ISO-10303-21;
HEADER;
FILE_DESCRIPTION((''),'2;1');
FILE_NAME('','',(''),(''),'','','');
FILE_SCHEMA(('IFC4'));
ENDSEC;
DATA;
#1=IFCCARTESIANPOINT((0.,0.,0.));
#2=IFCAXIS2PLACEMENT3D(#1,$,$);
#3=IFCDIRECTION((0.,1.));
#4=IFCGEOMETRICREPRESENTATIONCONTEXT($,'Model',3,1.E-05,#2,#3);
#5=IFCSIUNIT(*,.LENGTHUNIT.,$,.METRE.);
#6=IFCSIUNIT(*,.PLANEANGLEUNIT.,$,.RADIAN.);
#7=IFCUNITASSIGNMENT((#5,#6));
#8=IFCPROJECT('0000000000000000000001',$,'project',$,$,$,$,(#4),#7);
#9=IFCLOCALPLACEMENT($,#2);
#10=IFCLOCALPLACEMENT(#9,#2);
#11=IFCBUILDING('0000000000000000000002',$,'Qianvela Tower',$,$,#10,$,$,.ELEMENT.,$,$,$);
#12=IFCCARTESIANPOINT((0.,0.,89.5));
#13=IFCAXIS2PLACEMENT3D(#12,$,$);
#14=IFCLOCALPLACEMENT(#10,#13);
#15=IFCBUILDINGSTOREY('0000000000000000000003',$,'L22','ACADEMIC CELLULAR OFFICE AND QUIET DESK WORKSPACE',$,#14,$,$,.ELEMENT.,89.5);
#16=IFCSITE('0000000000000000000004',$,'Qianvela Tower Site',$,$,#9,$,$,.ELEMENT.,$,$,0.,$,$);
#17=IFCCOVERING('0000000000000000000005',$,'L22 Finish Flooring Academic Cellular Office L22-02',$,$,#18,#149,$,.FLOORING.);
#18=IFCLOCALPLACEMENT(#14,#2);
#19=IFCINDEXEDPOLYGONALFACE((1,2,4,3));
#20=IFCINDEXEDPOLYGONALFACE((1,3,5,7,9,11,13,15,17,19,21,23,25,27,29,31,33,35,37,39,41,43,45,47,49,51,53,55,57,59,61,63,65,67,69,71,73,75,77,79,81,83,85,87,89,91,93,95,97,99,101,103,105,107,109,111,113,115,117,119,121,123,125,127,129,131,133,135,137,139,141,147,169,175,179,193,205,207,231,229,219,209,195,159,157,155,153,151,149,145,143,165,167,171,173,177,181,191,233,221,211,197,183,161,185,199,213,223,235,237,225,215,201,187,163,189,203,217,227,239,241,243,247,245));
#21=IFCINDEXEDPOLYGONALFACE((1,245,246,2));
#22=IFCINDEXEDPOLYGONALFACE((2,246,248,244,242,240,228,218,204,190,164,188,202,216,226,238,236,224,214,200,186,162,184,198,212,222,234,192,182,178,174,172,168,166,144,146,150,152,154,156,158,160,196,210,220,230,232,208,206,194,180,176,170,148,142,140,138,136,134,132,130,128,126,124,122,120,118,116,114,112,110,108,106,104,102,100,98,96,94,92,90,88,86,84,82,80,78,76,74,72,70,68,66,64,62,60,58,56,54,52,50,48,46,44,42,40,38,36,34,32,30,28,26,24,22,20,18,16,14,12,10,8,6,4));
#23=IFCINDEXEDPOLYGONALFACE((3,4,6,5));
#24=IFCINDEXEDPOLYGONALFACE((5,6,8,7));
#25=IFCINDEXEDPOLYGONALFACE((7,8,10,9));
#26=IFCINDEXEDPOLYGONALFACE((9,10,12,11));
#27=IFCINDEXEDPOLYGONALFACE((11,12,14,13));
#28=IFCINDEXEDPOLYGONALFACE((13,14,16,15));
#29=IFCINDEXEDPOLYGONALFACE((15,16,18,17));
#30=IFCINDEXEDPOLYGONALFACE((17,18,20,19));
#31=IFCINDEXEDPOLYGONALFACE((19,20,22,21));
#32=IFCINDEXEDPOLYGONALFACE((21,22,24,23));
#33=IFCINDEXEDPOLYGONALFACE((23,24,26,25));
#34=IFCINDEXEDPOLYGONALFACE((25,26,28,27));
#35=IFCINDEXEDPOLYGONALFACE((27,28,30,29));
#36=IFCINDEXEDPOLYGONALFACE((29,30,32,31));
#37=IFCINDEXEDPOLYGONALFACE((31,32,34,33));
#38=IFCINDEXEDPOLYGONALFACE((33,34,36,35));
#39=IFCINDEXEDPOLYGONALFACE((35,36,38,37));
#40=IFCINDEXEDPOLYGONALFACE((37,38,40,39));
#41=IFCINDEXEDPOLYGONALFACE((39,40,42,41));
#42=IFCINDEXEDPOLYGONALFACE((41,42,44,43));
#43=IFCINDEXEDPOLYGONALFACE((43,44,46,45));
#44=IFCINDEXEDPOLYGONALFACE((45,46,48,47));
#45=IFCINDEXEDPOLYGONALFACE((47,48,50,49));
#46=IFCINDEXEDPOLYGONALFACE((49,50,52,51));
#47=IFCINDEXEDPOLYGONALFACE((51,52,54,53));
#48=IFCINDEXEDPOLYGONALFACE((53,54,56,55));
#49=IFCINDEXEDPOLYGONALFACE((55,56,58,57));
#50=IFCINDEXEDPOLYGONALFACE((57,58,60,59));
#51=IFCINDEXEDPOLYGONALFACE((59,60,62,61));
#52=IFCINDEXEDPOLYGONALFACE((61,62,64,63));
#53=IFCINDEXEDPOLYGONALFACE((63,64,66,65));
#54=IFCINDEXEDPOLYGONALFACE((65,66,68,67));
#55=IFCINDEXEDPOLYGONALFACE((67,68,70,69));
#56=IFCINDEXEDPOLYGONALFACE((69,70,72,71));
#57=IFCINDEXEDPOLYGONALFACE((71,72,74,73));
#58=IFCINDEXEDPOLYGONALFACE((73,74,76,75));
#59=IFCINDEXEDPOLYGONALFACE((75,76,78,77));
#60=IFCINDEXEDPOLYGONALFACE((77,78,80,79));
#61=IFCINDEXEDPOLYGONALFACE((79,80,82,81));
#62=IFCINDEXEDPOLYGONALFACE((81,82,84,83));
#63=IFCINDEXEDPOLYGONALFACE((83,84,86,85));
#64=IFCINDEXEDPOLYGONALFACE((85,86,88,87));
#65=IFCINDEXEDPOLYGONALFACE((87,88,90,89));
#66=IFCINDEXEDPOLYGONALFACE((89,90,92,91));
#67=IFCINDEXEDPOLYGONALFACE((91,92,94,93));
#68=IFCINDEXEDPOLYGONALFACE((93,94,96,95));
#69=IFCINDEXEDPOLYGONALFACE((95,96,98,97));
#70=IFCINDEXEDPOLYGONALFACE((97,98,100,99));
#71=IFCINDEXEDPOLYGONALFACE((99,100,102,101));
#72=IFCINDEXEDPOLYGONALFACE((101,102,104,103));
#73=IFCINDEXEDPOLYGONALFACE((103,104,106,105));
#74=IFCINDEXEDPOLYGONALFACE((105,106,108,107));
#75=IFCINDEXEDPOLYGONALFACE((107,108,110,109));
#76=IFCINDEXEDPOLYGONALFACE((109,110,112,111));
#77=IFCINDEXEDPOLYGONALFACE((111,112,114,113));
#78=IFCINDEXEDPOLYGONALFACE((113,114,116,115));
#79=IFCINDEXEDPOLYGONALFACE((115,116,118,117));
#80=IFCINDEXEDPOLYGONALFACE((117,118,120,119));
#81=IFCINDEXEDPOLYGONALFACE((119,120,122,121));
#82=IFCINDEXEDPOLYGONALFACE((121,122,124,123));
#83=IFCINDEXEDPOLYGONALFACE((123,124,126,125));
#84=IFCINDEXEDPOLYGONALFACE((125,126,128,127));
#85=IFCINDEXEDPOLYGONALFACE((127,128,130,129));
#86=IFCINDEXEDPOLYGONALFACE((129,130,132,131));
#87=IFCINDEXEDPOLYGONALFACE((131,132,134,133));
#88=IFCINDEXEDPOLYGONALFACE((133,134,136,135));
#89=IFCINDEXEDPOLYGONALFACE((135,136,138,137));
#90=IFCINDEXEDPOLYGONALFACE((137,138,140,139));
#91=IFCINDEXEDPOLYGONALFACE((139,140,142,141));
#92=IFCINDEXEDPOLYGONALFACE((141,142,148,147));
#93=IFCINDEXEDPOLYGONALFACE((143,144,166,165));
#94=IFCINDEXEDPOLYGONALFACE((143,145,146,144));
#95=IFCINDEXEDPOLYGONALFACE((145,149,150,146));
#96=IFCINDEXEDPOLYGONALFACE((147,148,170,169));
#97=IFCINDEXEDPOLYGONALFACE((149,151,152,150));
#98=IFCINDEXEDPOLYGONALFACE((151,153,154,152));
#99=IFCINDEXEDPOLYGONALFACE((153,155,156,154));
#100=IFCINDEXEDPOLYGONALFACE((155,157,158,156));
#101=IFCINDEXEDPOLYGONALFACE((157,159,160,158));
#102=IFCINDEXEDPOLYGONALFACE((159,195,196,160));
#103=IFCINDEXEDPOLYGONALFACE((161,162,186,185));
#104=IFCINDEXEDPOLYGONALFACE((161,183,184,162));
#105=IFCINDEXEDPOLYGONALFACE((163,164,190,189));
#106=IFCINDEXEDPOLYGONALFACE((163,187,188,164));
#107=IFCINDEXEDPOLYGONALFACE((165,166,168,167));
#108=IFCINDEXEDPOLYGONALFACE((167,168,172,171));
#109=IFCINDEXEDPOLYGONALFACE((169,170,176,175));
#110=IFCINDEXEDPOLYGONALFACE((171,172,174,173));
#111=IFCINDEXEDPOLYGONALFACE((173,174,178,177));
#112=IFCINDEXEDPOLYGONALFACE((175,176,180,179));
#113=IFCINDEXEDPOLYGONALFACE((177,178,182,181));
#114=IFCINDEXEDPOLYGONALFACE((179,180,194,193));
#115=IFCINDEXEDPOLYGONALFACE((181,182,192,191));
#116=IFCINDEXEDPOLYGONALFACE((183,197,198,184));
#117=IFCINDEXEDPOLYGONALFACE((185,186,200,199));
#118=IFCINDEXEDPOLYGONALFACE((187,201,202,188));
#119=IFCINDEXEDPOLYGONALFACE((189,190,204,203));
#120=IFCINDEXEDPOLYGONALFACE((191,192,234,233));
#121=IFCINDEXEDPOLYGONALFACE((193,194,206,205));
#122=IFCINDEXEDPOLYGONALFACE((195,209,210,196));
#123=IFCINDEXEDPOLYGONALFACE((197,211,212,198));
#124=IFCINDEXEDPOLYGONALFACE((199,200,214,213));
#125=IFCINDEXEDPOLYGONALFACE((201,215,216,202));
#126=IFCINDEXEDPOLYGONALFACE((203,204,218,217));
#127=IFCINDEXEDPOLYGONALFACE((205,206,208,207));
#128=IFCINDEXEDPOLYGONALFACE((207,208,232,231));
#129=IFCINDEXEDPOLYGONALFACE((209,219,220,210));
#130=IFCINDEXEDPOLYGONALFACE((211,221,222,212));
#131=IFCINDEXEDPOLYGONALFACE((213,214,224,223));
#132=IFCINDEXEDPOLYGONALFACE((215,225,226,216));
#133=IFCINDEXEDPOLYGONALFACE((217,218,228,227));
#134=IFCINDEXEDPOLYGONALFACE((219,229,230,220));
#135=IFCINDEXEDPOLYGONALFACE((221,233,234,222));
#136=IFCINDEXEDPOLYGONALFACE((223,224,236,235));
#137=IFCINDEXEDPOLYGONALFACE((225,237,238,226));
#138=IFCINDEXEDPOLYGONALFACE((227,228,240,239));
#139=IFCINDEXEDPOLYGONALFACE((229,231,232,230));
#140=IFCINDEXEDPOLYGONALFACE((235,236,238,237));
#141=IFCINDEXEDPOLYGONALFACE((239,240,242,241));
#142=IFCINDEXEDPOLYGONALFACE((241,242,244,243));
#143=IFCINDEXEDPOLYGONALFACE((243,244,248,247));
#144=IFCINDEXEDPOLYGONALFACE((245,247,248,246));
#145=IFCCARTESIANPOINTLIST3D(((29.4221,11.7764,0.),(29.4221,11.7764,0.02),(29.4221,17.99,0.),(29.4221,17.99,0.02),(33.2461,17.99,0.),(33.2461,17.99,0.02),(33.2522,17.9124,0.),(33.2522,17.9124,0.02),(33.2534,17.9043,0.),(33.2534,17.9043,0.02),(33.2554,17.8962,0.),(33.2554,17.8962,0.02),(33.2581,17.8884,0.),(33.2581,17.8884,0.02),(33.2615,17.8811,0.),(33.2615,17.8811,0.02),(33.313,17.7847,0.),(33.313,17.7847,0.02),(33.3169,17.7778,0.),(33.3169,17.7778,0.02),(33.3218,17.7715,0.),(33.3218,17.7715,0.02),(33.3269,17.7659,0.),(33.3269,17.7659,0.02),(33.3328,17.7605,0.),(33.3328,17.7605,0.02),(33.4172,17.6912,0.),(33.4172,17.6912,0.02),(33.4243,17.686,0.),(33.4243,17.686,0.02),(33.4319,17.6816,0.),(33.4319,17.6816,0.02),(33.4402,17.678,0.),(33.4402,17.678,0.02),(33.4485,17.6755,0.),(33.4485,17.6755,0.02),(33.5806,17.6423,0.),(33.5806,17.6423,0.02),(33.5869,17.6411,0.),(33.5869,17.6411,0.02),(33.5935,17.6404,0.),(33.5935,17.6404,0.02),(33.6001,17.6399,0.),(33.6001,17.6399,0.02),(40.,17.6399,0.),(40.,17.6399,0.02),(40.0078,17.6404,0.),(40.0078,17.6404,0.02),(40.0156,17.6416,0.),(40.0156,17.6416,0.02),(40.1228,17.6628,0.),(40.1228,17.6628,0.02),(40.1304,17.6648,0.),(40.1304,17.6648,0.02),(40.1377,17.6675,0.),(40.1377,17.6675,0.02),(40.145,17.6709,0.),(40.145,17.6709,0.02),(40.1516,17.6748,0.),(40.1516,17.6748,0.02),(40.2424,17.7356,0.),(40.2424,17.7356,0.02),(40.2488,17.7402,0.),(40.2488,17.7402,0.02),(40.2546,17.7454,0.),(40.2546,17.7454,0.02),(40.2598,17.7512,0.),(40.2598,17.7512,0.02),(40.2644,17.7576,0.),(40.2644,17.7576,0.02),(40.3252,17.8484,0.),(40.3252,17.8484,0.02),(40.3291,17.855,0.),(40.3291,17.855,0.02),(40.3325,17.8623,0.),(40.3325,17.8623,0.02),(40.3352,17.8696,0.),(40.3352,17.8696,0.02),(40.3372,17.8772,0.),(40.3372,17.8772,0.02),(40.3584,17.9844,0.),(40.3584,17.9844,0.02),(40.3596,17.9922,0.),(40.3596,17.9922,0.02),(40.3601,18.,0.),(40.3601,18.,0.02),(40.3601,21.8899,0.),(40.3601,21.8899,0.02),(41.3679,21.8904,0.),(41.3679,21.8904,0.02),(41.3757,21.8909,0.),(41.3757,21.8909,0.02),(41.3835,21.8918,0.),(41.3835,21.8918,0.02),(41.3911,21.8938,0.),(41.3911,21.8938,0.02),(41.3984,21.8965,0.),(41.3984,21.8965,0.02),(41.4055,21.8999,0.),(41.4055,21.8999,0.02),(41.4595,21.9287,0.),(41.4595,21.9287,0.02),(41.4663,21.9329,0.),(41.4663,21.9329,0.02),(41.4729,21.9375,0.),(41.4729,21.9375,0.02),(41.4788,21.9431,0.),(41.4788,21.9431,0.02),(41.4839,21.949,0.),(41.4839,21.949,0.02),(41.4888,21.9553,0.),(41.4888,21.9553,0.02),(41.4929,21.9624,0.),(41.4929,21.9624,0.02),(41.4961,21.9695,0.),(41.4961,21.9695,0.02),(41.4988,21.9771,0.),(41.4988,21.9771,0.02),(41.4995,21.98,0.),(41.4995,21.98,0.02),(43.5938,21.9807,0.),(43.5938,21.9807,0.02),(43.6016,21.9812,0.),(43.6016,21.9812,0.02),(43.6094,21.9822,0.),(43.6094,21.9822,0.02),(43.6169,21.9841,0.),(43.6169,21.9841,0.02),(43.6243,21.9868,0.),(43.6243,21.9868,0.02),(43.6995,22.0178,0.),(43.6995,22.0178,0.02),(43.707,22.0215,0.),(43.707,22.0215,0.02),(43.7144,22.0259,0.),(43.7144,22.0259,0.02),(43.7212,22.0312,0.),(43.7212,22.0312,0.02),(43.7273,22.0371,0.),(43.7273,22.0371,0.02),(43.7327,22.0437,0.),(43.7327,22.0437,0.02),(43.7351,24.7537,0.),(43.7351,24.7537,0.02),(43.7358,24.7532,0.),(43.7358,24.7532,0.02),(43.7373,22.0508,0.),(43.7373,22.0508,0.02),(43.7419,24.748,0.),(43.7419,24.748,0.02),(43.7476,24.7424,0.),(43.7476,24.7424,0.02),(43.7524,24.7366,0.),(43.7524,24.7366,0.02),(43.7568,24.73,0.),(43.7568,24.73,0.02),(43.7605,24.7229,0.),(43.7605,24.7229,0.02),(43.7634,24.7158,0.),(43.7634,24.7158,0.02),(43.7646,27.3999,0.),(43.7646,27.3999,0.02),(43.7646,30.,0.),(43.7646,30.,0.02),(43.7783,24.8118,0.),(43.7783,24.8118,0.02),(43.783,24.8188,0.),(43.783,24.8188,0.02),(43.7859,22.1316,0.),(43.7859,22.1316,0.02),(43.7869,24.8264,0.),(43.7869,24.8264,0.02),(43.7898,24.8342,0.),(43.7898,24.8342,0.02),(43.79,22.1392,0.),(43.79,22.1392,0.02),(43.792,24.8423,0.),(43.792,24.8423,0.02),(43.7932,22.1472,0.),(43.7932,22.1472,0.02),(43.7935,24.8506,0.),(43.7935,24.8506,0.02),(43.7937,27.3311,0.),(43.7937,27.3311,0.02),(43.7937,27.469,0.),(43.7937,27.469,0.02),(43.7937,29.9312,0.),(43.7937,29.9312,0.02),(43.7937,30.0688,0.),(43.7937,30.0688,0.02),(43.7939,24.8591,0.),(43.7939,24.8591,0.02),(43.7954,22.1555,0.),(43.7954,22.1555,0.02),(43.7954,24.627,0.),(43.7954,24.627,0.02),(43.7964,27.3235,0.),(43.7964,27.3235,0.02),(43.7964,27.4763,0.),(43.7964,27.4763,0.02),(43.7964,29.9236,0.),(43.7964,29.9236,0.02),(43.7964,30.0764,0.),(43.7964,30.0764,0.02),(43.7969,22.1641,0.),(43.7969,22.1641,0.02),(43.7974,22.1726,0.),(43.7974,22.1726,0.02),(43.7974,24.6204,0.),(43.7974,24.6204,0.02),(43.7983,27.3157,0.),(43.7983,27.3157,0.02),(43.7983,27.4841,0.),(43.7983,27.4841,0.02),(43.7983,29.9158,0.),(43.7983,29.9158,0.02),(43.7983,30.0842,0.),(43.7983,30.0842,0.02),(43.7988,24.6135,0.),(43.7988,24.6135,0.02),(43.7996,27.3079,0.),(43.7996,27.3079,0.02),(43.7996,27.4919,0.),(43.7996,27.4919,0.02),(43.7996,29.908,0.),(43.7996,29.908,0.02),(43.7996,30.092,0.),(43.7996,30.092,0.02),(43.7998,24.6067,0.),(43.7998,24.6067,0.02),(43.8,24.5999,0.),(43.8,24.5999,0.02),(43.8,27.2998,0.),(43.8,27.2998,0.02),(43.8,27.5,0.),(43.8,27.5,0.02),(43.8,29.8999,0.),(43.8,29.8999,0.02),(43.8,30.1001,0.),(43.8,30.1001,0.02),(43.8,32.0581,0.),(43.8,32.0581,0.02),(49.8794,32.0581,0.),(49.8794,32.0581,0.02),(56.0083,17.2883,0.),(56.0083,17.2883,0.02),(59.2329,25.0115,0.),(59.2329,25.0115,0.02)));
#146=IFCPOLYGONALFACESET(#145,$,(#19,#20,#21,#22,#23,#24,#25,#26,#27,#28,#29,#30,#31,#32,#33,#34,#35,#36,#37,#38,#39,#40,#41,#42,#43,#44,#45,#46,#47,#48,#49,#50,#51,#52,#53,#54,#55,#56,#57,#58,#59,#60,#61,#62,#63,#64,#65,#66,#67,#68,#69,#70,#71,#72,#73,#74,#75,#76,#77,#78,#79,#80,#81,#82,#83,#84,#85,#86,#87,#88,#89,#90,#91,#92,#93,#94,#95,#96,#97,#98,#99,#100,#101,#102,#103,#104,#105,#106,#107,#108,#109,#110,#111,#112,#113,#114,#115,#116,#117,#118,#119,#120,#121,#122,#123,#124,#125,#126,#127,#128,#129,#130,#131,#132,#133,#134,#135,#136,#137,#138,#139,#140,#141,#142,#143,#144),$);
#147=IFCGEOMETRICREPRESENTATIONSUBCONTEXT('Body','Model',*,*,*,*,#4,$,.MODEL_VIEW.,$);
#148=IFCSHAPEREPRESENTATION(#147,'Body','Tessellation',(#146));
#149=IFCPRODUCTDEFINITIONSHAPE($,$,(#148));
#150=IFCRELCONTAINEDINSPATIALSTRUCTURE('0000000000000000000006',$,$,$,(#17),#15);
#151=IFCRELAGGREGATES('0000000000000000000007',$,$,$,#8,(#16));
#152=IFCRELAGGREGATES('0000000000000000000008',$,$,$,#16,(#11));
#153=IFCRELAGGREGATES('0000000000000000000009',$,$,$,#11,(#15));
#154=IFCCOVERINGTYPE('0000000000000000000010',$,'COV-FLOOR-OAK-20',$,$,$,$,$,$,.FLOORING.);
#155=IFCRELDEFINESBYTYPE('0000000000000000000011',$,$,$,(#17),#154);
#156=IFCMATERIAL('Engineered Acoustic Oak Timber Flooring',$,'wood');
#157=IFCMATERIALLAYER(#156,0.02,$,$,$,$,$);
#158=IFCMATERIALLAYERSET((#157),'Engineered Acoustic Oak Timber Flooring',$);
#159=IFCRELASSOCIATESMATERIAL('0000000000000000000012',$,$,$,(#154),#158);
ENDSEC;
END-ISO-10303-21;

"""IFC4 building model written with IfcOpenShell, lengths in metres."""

from ifc_helpers import new_model, si_unit, direction, frame, origin, place, context, subcontext, project, spatial, polyline, outline, extrude, material, layer, layer_set, type_object, element, save


model = new_model("IFC4")

# Units and contexts
model_context = context("Model", 3, precision=1e-05, world=origin(), true_north=direction((0.0, 1.0)))
body_context = subcontext(model_context, "Body", "Model", "MODEL_VIEW")
ifc_project = project(units=[si_unit("LENGTHUNIT", "METRE"), si_unit("PLANEANGLEUNIT", "RADIAN")], contexts=[model_context])

# Site, building, storey
site_placement = place(None, origin())
site = spatial("IfcSite", under=ifc_project, at=site_placement, Name="Qianvela Tower Site", CompositionType="ELEMENT", RefElevation=0.0)
building_placement = place(site_placement, origin())
building = spatial("IfcBuilding", under=site, at=building_placement, Name="Qianvela Tower", CompositionType="ELEMENT")
storey_placement = place(building_placement, frame((0.0, 0.0, 89.5)))
storey = spatial("IfcBuildingStorey", under=building, at=storey_placement, Name="L22", Description="ACADEMIC CELLULAR OFFICE AND QUIET DESK WORKSPACE", CompositionType="ELEMENT", Elevation=89.5)

# Covering
ifc_material_1 = material(Name="Engineered Acoustic Oak Timber Flooring", Category="wood")
ifc_layer_1 = layer(ifc_material_1, 0.02)
ifc_layer_set_1 = layer_set([ifc_layer_1], Name="Engineered Acoustic Oak Timber Flooring")
covering_type_1 = type_object("IfcCoveringType", Name="COV-FLOOR-OAK-20", PredefinedType="FLOORING", material=ifc_layer_set_1)
covering_1_placement = place(storey_placement, origin())
element("IfcCovering", 1, at=covering_1_placement, inside=storey, type_object=covering_type_1, Name="L22 Finish Flooring Academic Cellular Office L22-02", PredefinedType="FLOORING", context=body_context, shape_type="SweptSolid", body=[
    extrude(outline(polyline([(33.2461, 17.99), (33.2522, 17.9124), (33.2534, 17.9043), (33.2554, 17.8962), (33.2581, 17.8884), (33.2615, 17.8811), (33.313, 17.7847), (33.3169, 17.7778), (33.3218, 17.7715), (33.3269, 17.7659), (33.3328, 17.7605), (33.4172, 17.6912), (33.4243, 17.686), (33.4319, 17.6816), (33.4402, 17.678), (33.4485, 17.6755), (33.5806, 17.6423), (33.5869, 17.6411), (33.5935, 17.6404), (33.6001, 17.6399), (40.0, 17.6399), (40.0078, 17.6404), (40.0156, 17.6416), (40.1228, 17.6628), (40.1304, 17.6648), (40.1377, 17.6675), (40.145, 17.6709), (40.1516, 17.6748), (40.2424, 17.7356), (40.2488, 17.7402), (40.2546, 17.7454), (40.2598, 17.7512), (40.2644, 17.7576), (40.3252, 17.8484), (40.3291, 17.855), (40.3325, 17.8623), (40.3352, 17.8696), (40.3372, 17.8772), (40.3584, 17.9844), (40.3596, 17.9922), (40.3601, 18.0), (40.3601, 21.8899), (41.3679, 21.8904), (41.3757, 21.8909), (41.3835, 21.8918), (41.3911, 21.8938), (41.3984, 21.8965), (41.4055, 21.8999), (41.4595, 21.9287), (41.4663, 21.9329), (41.4729, 21.9375), (41.4788, 21.9431), (41.4839, 21.949), (41.4888, 21.9553), (41.4929, 21.9624), (41.4961, 21.9695), (41.4988, 21.9771), (41.4995, 21.98), (43.5938, 21.9807), (43.6016, 21.9812), (43.6094, 21.9822), (43.6169, 21.9841), (43.6243, 21.9868), (43.6995, 22.0178), (43.707, 22.0215), (43.7144, 22.0259), (43.7212, 22.0312), (43.7273, 22.0371), (43.7327, 22.0437), (43.7373, 22.0508), (43.7859, 22.1316), (43.79, 22.1392), (43.7932, 22.1472), (43.7954, 22.1555), (43.7969, 22.1641), (43.7974, 22.1726), (43.8, 24.5999), (43.7998, 24.6067), (43.7988, 24.6135), (43.7974, 24.6204), (43.7954, 24.627), (43.7634, 24.7158), (43.7605, 24.7229), (43.7568, 24.73), (43.7524, 24.7366), (43.7476, 24.7424), (43.7419, 24.748), (43.7358, 24.7532), (43.7351, 24.7537), (43.7783, 24.8118), (43.783, 24.8188), (43.7869, 24.8264), (43.7898, 24.8342), (43.792, 24.8423), (43.7935, 24.8506), (43.7939, 24.8591), (43.8, 27.2998), (43.7996, 27.3079), (43.7983, 27.3157), (43.7964, 27.3235), (43.7937, 27.3311), (43.7646, 27.3999), (43.7937, 27.469), (43.7964, 27.4763), (43.7983, 27.4841), (43.7996, 27.4919), (43.8, 27.5), (43.8, 29.8999), (43.7996, 29.908), (43.7983, 29.9158), (43.7964, 29.9236), (43.7937, 29.9312), (43.7646, 30.0), (43.7937, 30.0688), (43.7964, 30.0764), (43.7983, 30.0842), (43.7996, 30.092), (43.8, 30.1001), (43.8, 32.0581), (49.8794, 32.0581), (59.2329, 25.0115), (56.0083, 17.2883), (29.4221, 11.7764), (29.4221, 17.99), (33.2461, 17.99)])), origin(), (0.0, 0.0, 1.0), 0.02),
])

save(model, "model.ifc")
